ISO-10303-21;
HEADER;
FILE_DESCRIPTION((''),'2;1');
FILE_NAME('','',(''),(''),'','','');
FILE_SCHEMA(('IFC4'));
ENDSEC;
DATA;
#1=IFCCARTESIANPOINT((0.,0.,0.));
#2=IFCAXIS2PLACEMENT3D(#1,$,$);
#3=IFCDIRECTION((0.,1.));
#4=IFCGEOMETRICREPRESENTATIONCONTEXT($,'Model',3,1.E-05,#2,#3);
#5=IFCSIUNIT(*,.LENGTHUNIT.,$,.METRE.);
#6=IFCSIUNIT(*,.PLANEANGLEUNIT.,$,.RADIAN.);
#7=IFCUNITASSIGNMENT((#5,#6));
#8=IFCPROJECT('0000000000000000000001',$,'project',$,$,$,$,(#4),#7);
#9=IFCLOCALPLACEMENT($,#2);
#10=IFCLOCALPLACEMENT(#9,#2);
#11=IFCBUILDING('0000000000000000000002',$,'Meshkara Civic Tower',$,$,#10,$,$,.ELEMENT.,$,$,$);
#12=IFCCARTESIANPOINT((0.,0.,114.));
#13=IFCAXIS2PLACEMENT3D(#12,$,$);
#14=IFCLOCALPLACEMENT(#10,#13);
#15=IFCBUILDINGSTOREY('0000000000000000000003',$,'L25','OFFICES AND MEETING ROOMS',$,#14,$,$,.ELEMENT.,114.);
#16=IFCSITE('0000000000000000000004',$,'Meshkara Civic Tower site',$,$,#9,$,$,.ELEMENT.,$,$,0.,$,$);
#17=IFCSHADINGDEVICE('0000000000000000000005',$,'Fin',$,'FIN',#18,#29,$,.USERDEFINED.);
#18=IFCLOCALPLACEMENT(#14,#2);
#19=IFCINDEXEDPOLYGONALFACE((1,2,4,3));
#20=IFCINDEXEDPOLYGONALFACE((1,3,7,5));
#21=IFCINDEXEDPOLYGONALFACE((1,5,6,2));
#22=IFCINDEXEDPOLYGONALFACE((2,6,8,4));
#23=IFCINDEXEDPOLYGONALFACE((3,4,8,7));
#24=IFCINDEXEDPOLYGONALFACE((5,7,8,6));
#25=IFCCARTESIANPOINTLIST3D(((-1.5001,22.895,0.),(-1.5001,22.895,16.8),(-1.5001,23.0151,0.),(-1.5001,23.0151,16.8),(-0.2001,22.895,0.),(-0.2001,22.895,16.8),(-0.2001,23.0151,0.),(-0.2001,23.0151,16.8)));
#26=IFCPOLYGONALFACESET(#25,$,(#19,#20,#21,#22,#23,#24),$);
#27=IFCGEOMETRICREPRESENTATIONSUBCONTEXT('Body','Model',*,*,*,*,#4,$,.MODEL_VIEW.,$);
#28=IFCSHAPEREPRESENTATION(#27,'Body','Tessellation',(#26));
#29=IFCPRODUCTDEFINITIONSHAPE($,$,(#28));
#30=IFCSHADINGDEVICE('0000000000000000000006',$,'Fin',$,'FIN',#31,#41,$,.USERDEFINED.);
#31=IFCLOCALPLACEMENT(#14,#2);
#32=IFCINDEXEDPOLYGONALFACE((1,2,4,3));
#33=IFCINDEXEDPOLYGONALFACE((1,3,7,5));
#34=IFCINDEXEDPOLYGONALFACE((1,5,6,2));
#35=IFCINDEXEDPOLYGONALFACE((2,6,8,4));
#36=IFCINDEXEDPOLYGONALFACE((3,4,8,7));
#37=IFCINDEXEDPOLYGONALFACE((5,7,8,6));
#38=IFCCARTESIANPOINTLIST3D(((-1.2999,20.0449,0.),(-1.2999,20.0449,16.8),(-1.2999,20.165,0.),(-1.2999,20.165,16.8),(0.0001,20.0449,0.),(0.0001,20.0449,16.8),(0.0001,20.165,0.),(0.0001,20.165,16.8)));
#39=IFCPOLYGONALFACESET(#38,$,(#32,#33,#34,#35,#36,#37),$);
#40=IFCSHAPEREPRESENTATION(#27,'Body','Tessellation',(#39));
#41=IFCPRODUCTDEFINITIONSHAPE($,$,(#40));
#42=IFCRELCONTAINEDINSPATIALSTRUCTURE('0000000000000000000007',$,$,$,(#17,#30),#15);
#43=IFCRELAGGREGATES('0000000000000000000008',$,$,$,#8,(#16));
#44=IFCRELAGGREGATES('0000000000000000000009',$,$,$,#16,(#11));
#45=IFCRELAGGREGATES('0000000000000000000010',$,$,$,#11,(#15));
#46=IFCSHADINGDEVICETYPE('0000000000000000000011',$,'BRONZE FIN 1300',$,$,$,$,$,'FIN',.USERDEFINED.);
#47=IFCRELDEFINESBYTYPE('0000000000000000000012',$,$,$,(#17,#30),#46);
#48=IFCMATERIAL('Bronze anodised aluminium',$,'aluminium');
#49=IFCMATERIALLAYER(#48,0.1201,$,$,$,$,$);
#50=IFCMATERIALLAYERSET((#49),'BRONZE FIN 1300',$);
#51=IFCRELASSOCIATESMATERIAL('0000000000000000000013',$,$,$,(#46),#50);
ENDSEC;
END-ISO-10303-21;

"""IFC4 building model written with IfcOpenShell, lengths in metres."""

from ifc_helpers import new_model, si_unit, direction, frame, origin, origin_2d, place, context, subcontext, project, spatial, rectangle, extrude, material, layer, layer_set, type_object, element, save


model = new_model("IFC4")

# Units and contexts
model_context = context("Model", 3, precision=1e-05, world=origin(), true_north=direction((0.0, 1.0)))
body_context = subcontext(model_context, "Body", "Model", "MODEL_VIEW")
ifc_project = project(units=[si_unit("LENGTHUNIT", "METRE"), si_unit("PLANEANGLEUNIT", "RADIAN")], contexts=[model_context])

# Site, building, storey
site_placement = place(None, origin())
site = spatial("IfcSite", under=ifc_project, at=site_placement, Name="Meshkara Civic Tower site", CompositionType="ELEMENT", RefElevation=0.0)
building_placement = place(site_placement, origin())
building = spatial("IfcBuilding", under=site, at=building_placement, Name="Meshkara Civic Tower", CompositionType="ELEMENT")
storey_placement = place(building_placement, frame((0.0, 0.0, 114.0)))
storey = spatial("IfcBuildingStorey", under=building, at=storey_placement, Name="L25", Description="OFFICES AND MEETING ROOMS", CompositionType="ELEMENT", Elevation=114.0)

# Shading devices
ifc_material_1 = material(Name="Bronze anodised aluminium", Category="aluminium")
ifc_layer_1 = layer(ifc_material_1, 0.1201)
ifc_layer_set_1 = layer_set([ifc_layer_1], Name="BRONZE FIN 1300")
shading_device_type = type_object("IfcShadingDeviceType", Name="BRONZE FIN 1300", ElementType="FIN", PredefinedType="USERDEFINED", material=ifc_layer_set_1)
for number, where, z_axis, x_axis, name in (
    (1, (-0.8501, 22.9551, 0.0), (0.0, 0.0, 1.0), (0.0, -1.0, 0.0), "Fin"),
    (2, (-0.6499, 20.105, 0.0), (0.0, 0.0, 1.0), (0.0, -1.0, 0.0), "Fin"),
):
    element("IfcShadingDevice", number, at=place(storey_placement, frame(where, z_axis=z_axis, x_axis=x_axis)), inside=storey, type_object=shading_device_type, Name=name, ObjectType="FIN", PredefinedType="USERDEFINED", context=body_context, shape_type="SweptSolid", body=[
        extrude(rectangle(XDim=0.1201, YDim=1.3, at=origin_2d()), origin(), (0.0, 0.0, 1.0), 16.8),
    ])

save(model, "model.ifc")
